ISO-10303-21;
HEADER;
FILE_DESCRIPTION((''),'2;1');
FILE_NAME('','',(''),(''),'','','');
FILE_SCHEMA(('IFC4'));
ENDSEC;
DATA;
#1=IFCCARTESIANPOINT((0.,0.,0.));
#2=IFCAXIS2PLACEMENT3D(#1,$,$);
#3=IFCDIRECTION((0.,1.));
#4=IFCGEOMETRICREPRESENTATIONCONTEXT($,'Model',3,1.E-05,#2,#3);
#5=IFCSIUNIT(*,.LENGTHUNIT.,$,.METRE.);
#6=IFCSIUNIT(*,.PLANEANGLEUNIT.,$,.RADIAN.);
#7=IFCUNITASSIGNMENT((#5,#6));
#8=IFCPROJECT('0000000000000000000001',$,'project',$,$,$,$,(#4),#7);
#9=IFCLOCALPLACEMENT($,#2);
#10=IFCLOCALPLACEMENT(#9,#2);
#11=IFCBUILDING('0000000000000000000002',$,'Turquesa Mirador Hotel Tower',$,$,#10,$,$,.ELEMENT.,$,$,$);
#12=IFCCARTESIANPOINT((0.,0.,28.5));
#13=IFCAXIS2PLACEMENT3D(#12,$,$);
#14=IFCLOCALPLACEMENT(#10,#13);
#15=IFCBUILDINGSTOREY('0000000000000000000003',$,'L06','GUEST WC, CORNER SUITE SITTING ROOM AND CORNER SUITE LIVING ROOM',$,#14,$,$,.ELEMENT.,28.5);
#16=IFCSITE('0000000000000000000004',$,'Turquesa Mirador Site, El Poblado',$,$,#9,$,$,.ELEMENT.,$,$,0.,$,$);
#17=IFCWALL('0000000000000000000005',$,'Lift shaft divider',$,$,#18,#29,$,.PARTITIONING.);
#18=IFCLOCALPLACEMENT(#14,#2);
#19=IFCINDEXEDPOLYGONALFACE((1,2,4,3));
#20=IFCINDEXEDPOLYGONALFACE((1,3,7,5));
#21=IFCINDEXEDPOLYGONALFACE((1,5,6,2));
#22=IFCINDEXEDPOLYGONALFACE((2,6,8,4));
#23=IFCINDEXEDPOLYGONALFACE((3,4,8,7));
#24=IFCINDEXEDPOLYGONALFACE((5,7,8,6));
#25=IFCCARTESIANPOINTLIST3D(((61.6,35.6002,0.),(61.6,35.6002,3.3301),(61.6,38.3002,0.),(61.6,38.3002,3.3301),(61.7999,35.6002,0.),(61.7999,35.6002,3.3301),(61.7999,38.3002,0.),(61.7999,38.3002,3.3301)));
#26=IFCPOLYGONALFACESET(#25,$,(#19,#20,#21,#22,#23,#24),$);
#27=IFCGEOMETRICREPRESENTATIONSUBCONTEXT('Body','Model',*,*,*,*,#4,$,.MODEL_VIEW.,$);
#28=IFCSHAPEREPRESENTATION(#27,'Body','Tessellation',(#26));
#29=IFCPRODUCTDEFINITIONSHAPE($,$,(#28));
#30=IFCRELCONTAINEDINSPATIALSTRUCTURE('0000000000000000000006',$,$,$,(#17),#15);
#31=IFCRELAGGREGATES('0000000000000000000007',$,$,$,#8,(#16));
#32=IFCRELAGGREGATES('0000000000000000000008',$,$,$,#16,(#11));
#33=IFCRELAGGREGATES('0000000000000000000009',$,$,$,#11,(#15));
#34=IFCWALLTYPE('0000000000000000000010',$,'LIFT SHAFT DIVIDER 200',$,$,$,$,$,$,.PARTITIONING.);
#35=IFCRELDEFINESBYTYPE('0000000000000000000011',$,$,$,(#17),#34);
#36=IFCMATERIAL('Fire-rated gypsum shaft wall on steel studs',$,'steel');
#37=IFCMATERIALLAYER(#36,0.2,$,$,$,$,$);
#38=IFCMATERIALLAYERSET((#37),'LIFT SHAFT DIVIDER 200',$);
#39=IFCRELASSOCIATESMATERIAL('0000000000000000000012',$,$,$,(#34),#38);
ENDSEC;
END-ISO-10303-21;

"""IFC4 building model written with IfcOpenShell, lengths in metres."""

from ifc_helpers import new_model, si_unit, direction, frame, frame_2d, origin, place, context, subcontext, project, spatial, rectangle, extrude, material, layer, layer_set, type_object, element, save


model = new_model("IFC4")

# Units and contexts
model_context = context("Model", 3, precision=1e-05, world=origin(), true_north=direction((0.0, 1.0)))
body_context = subcontext(model_context, "Body", "Model", "MODEL_VIEW")
ifc_project = project(units=[si_unit("LENGTHUNIT", "METRE"), si_unit("PLANEANGLEUNIT", "RADIAN")], contexts=[model_context])

# Site, building, storey
site_placement = place(None, origin())
site = spatial("IfcSite", under=ifc_project, at=site_placement, Name="Turquesa Mirador Site, El Poblado", CompositionType="ELEMENT", RefElevation=0.0)
building_placement = place(site_placement, origin())
building = spatial("IfcBuilding", under=site, at=building_placement, Name="Turquesa Mirador Hotel Tower", CompositionType="ELEMENT")
storey_placement = place(building_placement, frame((0.0, 0.0, 28.5)))
storey = spatial("IfcBuildingStorey", under=building, at=storey_placement, Name="L06", Description="GUEST WC, CORNER SUITE SITTING ROOM AND CORNER SUITE LIVING ROOM", CompositionType="ELEMENT", Elevation=28.5)

# Wall
ifc_material_1 = material(Name="Fire-rated gypsum shaft wall on steel studs", Category="steel")
ifc_layer_1 = layer(ifc_material_1, 0.2)
ifc_layer_set_1 = layer_set([ifc_layer_1], Name="LIFT SHAFT DIVIDER 200")
wall_type_1 = type_object("IfcWallType", Name="LIFT SHAFT DIVIDER 200", PredefinedType="PARTITIONING", material=ifc_layer_set_1)
for number, where, z_axis, x_axis, name in (
    (1, (61.7, 35.6001, 0.0), (0.0, 0.0, 1.0), (0.0, 1.0, 0.0), "Lift shaft divider"),
):
    element("IfcWall", number, at=place(storey_placement, frame(where, z_axis=z_axis, x_axis=x_axis)), inside=storey, type_object=wall_type_1, Name=name, PredefinedType="PARTITIONING", context=body_context, shape_type="SweptSolid", body=[
        extrude(rectangle(XDim=2.7, YDim=0.2, at=frame_2d((1.3501, 0.0))), origin(), (0.0, 0.0, 1.0), 3.3301),
    ])

save(model, "model.ifc")
